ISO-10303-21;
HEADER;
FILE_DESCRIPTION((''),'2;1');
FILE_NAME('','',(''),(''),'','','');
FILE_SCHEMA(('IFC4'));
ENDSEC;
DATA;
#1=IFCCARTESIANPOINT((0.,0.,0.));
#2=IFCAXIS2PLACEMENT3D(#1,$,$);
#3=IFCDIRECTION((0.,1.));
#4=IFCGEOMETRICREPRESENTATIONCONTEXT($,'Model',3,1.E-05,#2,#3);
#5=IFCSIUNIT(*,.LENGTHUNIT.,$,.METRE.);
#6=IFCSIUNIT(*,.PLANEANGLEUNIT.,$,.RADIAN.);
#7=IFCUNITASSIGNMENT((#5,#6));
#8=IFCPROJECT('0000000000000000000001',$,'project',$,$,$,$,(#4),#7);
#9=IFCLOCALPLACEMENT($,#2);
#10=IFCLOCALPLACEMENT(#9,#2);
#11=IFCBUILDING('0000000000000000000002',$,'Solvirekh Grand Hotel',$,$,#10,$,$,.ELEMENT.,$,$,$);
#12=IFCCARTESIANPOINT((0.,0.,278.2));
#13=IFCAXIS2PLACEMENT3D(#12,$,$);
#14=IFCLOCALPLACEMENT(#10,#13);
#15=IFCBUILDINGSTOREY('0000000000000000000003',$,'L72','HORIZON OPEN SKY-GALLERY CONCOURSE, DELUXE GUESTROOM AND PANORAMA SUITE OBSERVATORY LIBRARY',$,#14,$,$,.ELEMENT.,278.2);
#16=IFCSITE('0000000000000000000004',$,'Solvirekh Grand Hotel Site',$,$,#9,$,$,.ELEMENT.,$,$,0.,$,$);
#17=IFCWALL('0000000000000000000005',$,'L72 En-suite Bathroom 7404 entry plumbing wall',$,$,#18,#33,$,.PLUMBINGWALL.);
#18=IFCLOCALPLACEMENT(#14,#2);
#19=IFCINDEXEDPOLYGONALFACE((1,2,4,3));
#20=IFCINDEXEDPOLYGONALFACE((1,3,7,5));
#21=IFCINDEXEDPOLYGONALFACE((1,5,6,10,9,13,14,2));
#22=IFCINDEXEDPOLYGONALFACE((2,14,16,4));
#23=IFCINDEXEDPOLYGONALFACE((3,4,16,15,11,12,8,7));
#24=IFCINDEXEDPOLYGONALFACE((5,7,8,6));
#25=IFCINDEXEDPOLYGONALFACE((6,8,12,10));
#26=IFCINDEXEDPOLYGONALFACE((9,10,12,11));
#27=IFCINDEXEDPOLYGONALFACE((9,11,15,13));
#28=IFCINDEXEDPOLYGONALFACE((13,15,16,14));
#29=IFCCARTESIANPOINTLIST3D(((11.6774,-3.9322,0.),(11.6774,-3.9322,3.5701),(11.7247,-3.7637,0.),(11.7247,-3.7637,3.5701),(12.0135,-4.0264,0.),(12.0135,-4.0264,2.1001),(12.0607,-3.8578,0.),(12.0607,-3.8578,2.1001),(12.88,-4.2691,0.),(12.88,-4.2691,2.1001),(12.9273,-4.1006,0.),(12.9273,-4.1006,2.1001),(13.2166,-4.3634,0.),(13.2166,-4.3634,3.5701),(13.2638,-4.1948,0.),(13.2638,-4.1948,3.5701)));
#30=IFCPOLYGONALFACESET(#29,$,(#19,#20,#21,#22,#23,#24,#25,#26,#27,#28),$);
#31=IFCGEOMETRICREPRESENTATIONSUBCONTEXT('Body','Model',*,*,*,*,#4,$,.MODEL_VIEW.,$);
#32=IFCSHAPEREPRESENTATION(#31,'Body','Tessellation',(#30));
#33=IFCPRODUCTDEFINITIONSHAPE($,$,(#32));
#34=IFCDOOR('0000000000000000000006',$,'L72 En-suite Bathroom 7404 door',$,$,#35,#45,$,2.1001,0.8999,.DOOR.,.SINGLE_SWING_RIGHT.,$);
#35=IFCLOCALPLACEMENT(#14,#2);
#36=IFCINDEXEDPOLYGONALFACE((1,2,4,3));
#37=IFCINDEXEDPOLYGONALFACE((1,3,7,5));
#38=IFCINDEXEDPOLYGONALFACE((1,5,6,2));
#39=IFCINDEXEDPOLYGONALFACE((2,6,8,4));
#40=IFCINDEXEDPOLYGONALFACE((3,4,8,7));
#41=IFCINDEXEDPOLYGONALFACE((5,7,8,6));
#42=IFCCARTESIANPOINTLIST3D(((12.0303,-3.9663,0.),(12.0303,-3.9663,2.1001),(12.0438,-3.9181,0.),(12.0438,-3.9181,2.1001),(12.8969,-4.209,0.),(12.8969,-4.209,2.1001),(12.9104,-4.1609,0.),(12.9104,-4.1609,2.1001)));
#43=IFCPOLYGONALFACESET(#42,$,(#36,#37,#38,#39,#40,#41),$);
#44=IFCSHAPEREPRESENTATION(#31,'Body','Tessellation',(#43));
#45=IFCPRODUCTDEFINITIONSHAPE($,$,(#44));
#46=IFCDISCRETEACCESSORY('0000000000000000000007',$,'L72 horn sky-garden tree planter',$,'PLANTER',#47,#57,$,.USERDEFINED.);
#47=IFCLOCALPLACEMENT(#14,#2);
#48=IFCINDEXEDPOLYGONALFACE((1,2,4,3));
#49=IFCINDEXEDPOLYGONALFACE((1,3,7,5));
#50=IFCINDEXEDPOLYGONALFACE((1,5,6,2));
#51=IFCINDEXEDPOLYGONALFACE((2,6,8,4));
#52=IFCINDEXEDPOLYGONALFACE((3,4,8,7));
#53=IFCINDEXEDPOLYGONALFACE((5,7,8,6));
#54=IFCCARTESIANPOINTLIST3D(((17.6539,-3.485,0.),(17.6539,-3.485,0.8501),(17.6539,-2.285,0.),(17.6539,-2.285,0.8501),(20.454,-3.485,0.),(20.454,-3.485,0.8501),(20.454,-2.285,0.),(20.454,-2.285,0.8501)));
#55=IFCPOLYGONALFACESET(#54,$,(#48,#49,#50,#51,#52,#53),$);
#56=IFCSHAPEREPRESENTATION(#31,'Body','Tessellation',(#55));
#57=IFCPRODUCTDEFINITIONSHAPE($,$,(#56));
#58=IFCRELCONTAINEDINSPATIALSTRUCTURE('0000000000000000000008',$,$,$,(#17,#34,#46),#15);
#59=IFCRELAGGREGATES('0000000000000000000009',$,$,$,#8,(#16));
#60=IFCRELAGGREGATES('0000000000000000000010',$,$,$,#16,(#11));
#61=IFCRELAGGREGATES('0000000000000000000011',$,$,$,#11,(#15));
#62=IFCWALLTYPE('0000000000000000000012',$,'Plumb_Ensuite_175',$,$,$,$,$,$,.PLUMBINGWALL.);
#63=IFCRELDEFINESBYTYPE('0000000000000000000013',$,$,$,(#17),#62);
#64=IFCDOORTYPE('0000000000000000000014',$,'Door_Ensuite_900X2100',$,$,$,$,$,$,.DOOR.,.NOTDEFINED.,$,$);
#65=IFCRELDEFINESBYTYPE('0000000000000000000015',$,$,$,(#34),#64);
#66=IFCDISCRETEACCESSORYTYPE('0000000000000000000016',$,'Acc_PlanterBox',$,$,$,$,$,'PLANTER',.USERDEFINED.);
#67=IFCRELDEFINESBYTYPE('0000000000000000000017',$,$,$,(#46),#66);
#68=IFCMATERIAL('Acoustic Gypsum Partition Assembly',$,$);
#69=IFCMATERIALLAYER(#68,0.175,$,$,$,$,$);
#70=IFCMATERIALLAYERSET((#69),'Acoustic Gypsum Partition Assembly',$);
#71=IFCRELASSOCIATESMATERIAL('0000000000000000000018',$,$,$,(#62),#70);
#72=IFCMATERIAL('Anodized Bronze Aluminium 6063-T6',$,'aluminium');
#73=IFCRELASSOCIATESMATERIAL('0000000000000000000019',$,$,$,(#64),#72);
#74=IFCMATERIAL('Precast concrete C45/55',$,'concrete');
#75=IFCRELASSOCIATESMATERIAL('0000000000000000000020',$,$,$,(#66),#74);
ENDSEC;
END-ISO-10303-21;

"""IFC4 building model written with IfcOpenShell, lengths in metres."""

from ifc_helpers import new_model, si_unit, direction, frame, frame_2d, origin, origin_2d, place, context, subcontext, project, spatial, rectangle, extrude, material, layer, layer_set, type_object, element, fill, save


model = new_model("IFC4")

# Units and contexts
model_context = context("Model", 3, precision=1e-05, world=origin(), true_north=direction((0.0, 1.0)))
body_context = subcontext(model_context, "Body", "Model", "MODEL_VIEW")
ifc_project = project(units=[si_unit("LENGTHUNIT", "METRE"), si_unit("PLANEANGLEUNIT", "RADIAN")], contexts=[model_context])

# Site, building, storey
site_placement = place(None, origin())
site = spatial("IfcSite", under=ifc_project, at=site_placement, Name="Solvirekh Grand Hotel Site", CompositionType="ELEMENT", RefElevation=0.0)
building_placement = place(site_placement, origin())
building = spatial("IfcBuilding", under=site, at=building_placement, Name="Solvirekh Grand Hotel", CompositionType="ELEMENT")
storey_placement = place(building_placement, frame((0.0, 0.0, 278.2)))
storey = spatial("IfcBuildingStorey", under=building, at=storey_placement, Name="L72", Description="HORIZON OPEN SKY-GALLERY CONCOURSE, DELUXE GUESTROOM AND PANORAMA SUITE OBSERVATORY LIBRARY", CompositionType="ELEMENT", Elevation=278.2)

# Shared definitions
ifc_material_1 = material(Name="Precast concrete C45/55", Category="concrete")

# Shared definitions
ifc_material_2 = material(Name="Acoustic Gypsum Partition Assembly")

# Shared definitions
ifc_material_3 = material(Name="Anodized Bronze Aluminium 6063-T6", Category="aluminium")

# Shared definitions
ifc_layer_1 = layer(ifc_material_2, 0.175)
ifc_layer_set_1 = layer_set([ifc_layer_1], Name="Acoustic Gypsum Partition Assembly")
wall_type_1 = type_object("IfcWallType", Name="Plumb_Ensuite_175", PredefinedType="PLUMBINGWALL", material=ifc_layer_set_1)

# Wall, opening, door
wall_1_placement = place(storey_placement, frame((11.7009, -3.8479, 0.0), z_axis=(0.0, 0.0, 1.0), x_axis=(0.962929, -0.269755, 0.0)))
wall_1 = element("IfcWall", 1, at=wall_1_placement, inside=storey, type_object=wall_type_1, Name="L72 En-suite Bathroom 7404 entry plumbing wall", PredefinedType="PLUMBINGWALL", context=body_context, shape_type="SweptSolid", body=[
    extrude(rectangle(XDim=1.5984, YDim=0.175, at=frame_2d((0.7993, 0.0))), origin(), (0.0, 0.0, 1.0), 3.5701),
])
opening_1_placement = place(wall_1_placement, frame((0.3491, 0.0, 0.0)))
opening_1 = element("IfcOpeningElement", 2, at=opening_1_placement, cuts=wall_1, PredefinedType="OPENING", context=body_context, shape_type="SweptSolid", body=[
    extrude(rectangle(XDim=0.8999, YDim=2.1001, at=frame_2d((0.45, 1.05))), frame((0.0, 0.0977, 0.0), z_axis=(0.0, -1.0, 0.0), x_axis=(1.0, 0.0, 0.0)), (0.0, 0.0, 1.0), 0.1951),
])
door_type_1 = type_object("IfcDoorType", Name="Door_Ensuite_900X2100", OperationType="NOTDEFINED", PredefinedType="DOOR", material=ifc_material_3)
door_1_placement = place(opening_1_placement, origin())
door_1 = element("IfcDoor", 3, at=door_1_placement, inside=storey, type_object=door_type_1, Name="L72 En-suite Bathroom 7404 door", OperationType="SINGLE_SWING_RIGHT", OverallHeight=2.1001, OverallWidth=0.8999, PredefinedType="DOOR", context=body_context, shape_type="SweptSolid", body=[
    extrude(rectangle(XDim=0.8999, YDim=2.1001, at=frame_2d((0.45, 1.05))), frame((0.0, 0.0249, 0.0), z_axis=(0.0, -1.0, 0.0), x_axis=(1.0, 0.0, 0.0)), (0.0, 0.0, 1.0), 0.05),
])
fill(opening_1, door_1)

# Discrete accessory
discrete_accessory_type = type_object("IfcDiscreteAccessoryType", Name="Acc_PlanterBox", ElementType="PLANTER", PredefinedType="USERDEFINED", material=ifc_material_1)
discrete_accessory_placement = place(storey_placement, frame((19.054, -2.885, 0.0), z_axis=(0.0, 0.0, 1.0), x_axis=(0.0, 1.0, 0.0)))
element("IfcDiscreteAccessory", 4, at=discrete_accessory_placement, inside=storey, type_object=discrete_accessory_type, Name="L72 horn sky-garden tree planter", ObjectType="PLANTER", PredefinedType="USERDEFINED", context=body_context, shape_type="SweptSolid", body=[
    extrude(rectangle(XDim=1.2, YDim=2.8, at=origin_2d()), origin(), (0.0, 0.0, 1.0), 0.8501),
])

save(model, "model.ifc")
